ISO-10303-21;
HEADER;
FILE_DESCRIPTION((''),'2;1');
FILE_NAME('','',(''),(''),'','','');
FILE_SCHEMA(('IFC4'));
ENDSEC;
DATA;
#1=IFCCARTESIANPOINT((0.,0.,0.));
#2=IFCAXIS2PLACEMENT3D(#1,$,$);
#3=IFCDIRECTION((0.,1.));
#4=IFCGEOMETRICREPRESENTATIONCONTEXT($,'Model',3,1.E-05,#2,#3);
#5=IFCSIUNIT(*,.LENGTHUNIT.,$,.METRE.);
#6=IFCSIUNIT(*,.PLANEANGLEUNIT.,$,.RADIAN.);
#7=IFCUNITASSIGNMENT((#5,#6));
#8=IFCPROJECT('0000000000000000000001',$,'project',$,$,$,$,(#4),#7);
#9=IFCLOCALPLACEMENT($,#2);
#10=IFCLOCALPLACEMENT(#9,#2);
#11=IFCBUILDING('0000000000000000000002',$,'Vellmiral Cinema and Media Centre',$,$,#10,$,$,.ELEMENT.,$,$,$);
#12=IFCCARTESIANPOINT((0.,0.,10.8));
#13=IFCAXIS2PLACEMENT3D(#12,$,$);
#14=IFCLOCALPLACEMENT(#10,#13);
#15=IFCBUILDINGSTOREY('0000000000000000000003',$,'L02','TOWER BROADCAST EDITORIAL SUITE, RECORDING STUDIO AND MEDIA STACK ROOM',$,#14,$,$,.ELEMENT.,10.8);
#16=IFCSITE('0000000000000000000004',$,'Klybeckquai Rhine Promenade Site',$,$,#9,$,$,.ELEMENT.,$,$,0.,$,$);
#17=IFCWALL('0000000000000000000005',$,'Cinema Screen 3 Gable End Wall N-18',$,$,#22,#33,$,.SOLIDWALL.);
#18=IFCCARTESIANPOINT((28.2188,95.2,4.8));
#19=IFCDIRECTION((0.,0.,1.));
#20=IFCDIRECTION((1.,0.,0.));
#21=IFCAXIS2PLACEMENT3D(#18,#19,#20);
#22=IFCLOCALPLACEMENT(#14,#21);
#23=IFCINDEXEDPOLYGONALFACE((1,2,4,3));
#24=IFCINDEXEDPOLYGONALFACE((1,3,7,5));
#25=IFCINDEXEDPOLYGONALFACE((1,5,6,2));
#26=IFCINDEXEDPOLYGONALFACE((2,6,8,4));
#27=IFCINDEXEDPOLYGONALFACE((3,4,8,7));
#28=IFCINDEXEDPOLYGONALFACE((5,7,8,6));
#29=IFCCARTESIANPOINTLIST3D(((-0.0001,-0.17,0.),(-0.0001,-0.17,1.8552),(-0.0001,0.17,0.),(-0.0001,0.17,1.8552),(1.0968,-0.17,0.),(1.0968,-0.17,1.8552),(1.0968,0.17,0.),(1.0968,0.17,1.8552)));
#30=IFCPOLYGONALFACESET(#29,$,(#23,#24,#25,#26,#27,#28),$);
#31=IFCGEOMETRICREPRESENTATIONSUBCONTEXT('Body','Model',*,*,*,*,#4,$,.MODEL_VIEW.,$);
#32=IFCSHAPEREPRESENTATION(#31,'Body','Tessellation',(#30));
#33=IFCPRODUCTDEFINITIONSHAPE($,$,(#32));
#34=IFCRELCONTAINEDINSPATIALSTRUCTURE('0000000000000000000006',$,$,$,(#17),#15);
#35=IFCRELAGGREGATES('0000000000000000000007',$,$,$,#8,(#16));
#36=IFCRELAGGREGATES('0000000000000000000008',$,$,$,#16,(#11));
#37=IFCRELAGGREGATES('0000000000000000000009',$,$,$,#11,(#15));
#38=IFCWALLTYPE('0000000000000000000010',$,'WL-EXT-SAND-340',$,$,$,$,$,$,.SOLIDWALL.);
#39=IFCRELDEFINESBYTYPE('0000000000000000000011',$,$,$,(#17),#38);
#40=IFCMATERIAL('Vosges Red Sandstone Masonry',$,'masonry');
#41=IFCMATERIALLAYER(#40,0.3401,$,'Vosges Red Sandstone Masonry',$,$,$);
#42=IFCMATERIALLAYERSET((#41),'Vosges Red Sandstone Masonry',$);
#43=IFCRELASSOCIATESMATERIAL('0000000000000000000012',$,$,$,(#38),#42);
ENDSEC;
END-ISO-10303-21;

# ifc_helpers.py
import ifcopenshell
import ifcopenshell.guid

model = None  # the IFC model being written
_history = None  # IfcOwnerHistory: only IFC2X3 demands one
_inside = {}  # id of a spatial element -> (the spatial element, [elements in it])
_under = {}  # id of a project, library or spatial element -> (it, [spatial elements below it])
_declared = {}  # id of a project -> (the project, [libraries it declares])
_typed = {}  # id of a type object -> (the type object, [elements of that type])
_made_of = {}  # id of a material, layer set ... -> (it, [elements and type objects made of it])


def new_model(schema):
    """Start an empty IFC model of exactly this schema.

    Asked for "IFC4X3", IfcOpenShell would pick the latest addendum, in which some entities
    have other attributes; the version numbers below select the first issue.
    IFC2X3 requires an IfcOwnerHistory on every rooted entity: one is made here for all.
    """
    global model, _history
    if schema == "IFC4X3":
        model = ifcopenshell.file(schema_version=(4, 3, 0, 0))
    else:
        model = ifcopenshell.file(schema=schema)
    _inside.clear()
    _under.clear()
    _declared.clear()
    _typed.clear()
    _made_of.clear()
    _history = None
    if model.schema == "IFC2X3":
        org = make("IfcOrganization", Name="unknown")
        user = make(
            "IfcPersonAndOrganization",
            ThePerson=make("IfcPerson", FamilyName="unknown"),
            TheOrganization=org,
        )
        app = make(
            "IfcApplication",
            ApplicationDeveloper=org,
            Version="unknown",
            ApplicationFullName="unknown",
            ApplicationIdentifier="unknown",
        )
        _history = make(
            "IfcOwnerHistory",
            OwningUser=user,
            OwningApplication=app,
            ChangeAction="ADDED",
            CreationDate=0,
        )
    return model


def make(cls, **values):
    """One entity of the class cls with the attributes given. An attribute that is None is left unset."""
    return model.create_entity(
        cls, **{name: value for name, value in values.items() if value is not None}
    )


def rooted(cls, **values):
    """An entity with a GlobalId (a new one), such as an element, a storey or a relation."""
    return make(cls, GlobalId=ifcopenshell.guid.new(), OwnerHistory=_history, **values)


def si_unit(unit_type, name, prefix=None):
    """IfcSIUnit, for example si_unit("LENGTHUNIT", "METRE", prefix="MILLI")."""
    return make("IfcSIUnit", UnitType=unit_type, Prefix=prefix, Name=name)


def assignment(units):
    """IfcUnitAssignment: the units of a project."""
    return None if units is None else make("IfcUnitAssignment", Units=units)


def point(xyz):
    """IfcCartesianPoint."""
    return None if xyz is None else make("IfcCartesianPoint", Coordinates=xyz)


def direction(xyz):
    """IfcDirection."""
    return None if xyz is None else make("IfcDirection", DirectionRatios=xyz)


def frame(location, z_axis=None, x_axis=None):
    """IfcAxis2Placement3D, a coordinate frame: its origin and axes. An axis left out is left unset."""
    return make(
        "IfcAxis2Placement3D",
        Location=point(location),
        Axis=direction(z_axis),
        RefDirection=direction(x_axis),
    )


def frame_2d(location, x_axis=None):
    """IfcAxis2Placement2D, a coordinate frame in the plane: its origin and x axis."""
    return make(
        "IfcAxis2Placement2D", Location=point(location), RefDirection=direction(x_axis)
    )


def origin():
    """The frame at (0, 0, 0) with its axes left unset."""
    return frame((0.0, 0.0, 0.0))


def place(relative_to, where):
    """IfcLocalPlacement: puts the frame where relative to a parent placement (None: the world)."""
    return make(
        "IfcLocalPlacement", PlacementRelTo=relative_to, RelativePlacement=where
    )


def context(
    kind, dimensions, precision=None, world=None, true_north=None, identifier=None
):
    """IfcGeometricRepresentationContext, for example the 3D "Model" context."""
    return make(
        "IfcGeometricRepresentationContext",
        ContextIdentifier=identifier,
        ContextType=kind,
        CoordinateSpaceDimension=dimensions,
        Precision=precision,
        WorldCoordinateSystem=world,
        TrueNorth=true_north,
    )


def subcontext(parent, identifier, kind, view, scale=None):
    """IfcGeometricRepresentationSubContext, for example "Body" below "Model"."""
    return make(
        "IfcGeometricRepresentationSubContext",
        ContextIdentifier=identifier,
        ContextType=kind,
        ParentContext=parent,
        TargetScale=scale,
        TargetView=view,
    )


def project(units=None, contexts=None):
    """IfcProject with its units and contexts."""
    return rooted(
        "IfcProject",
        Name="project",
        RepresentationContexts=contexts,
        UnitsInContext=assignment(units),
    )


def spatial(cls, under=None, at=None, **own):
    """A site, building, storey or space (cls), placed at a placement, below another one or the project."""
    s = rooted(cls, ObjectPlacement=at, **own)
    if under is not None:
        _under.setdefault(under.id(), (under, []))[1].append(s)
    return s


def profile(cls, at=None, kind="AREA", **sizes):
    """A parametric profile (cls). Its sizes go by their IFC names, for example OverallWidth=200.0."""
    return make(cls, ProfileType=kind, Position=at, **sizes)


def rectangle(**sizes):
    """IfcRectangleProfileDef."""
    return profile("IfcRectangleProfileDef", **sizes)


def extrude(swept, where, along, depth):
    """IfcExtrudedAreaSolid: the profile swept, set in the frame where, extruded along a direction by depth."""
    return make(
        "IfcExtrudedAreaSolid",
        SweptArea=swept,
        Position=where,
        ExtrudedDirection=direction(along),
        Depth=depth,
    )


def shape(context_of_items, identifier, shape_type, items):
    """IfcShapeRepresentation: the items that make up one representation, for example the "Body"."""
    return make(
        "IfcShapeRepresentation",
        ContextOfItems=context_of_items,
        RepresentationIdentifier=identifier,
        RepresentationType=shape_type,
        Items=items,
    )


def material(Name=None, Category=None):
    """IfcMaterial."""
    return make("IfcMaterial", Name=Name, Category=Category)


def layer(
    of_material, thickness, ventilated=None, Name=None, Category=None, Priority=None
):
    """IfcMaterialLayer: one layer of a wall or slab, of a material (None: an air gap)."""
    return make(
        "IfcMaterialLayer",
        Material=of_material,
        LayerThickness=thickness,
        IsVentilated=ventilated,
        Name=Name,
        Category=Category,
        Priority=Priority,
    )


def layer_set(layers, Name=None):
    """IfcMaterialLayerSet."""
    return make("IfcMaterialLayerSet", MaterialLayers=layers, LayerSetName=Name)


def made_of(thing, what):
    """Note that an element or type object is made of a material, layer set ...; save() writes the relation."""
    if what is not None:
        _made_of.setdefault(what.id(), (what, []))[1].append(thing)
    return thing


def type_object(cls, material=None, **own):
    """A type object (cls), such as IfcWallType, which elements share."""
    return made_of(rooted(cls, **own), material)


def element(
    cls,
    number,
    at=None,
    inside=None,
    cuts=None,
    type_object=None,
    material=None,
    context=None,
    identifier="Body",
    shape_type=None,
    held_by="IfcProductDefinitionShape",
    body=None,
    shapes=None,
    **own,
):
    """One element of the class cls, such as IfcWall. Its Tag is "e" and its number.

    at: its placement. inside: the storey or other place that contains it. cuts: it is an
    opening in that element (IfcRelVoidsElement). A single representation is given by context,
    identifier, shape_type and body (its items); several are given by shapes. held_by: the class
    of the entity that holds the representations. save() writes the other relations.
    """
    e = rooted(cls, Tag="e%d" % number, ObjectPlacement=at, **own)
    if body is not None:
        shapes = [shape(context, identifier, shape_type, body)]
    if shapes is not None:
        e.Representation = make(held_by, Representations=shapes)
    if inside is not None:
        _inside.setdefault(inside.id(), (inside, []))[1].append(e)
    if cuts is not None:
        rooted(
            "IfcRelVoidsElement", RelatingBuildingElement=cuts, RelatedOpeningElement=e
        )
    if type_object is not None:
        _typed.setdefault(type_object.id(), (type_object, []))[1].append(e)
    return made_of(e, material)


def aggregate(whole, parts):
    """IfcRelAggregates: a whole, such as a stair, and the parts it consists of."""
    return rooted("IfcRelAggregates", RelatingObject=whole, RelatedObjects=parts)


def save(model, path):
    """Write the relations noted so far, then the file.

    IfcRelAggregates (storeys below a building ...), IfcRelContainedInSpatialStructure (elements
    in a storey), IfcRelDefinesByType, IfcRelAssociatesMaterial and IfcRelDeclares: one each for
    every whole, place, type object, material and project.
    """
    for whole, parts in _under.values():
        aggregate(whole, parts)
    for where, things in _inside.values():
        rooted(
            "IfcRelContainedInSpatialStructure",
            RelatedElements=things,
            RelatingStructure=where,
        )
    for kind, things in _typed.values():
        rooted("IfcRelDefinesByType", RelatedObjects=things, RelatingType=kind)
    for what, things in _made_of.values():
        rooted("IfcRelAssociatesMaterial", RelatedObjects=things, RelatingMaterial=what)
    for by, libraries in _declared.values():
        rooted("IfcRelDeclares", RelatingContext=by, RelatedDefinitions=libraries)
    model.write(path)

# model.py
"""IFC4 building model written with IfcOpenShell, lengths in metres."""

from ifc_helpers import new_model, si_unit, direction, frame, frame_2d, origin, place, context, subcontext, project, spatial, rectangle, extrude, material, layer, layer_set, type_object, element, save


model = new_model("IFC4")

# Units and contexts
model_context = context("Model", 3, precision=1e-05, world=origin(), true_north=direction((0.0, 1.0)))
body_context = subcontext(model_context, "Body", "Model", "MODEL_VIEW")
ifc_project = project(units=[si_unit("LENGTHUNIT", "METRE"), si_unit("PLANEANGLEUNIT", "RADIAN")], contexts=[model_context])

# Site, building, storey
site_placement = place(None, origin())
site = spatial("IfcSite", under=ifc_project, at=site_placement, Name="Klybeckquai Rhine Promenade Site", CompositionType="ELEMENT", RefElevation=0.0)
building_placement = place(site_placement, origin())
building = spatial("IfcBuilding", under=site, at=building_placement, Name="Vellmiral Cinema and Media Centre", CompositionType="ELEMENT")
storey_placement = place(building_placement, frame((0.0, 0.0, 10.8)))
storey = spatial("IfcBuildingStorey", under=building, at=storey_placement, Name="L02", Description="TOWER BROADCAST EDITORIAL SUITE, RECORDING STUDIO AND MEDIA STACK ROOM", CompositionType="ELEMENT", Elevation=10.8)

# Wall
ifc_material_1 = material(Name="Vosges Red Sandstone Masonry", Category="masonry")
ifc_layer_1 = layer(ifc_material_1, 0.3401, Name="Vosges Red Sandstone Masonry")
ifc_layer_set_1 = layer_set([ifc_layer_1], Name="Vosges Red Sandstone Masonry")
wall_type_1 = type_object("IfcWallType", Name="WL-EXT-SAND-340", PredefinedType="SOLIDWALL", material=ifc_layer_set_1)
wall_1_placement = place(storey_placement, frame((28.2188, 95.2, 4.8), z_axis=(0.0, 0.0, 1.0), x_axis=(1.0, 0.0, 0.0)))
element("IfcWall", 1, at=wall_1_placement, inside=storey, type_object=wall_type_1, Name="Cinema Screen 3 Gable End Wall N-18", PredefinedType="SOLIDWALL", context=body_context, shape_type="SweptSolid", body=[
    extrude(rectangle(XDim=1.0969, YDim=0.3401, at=frame_2d((0.5483, 0.0))), origin(), (0.0, 0.0, 1.0), 1.8552),
])

save(model, "model.ifc")
